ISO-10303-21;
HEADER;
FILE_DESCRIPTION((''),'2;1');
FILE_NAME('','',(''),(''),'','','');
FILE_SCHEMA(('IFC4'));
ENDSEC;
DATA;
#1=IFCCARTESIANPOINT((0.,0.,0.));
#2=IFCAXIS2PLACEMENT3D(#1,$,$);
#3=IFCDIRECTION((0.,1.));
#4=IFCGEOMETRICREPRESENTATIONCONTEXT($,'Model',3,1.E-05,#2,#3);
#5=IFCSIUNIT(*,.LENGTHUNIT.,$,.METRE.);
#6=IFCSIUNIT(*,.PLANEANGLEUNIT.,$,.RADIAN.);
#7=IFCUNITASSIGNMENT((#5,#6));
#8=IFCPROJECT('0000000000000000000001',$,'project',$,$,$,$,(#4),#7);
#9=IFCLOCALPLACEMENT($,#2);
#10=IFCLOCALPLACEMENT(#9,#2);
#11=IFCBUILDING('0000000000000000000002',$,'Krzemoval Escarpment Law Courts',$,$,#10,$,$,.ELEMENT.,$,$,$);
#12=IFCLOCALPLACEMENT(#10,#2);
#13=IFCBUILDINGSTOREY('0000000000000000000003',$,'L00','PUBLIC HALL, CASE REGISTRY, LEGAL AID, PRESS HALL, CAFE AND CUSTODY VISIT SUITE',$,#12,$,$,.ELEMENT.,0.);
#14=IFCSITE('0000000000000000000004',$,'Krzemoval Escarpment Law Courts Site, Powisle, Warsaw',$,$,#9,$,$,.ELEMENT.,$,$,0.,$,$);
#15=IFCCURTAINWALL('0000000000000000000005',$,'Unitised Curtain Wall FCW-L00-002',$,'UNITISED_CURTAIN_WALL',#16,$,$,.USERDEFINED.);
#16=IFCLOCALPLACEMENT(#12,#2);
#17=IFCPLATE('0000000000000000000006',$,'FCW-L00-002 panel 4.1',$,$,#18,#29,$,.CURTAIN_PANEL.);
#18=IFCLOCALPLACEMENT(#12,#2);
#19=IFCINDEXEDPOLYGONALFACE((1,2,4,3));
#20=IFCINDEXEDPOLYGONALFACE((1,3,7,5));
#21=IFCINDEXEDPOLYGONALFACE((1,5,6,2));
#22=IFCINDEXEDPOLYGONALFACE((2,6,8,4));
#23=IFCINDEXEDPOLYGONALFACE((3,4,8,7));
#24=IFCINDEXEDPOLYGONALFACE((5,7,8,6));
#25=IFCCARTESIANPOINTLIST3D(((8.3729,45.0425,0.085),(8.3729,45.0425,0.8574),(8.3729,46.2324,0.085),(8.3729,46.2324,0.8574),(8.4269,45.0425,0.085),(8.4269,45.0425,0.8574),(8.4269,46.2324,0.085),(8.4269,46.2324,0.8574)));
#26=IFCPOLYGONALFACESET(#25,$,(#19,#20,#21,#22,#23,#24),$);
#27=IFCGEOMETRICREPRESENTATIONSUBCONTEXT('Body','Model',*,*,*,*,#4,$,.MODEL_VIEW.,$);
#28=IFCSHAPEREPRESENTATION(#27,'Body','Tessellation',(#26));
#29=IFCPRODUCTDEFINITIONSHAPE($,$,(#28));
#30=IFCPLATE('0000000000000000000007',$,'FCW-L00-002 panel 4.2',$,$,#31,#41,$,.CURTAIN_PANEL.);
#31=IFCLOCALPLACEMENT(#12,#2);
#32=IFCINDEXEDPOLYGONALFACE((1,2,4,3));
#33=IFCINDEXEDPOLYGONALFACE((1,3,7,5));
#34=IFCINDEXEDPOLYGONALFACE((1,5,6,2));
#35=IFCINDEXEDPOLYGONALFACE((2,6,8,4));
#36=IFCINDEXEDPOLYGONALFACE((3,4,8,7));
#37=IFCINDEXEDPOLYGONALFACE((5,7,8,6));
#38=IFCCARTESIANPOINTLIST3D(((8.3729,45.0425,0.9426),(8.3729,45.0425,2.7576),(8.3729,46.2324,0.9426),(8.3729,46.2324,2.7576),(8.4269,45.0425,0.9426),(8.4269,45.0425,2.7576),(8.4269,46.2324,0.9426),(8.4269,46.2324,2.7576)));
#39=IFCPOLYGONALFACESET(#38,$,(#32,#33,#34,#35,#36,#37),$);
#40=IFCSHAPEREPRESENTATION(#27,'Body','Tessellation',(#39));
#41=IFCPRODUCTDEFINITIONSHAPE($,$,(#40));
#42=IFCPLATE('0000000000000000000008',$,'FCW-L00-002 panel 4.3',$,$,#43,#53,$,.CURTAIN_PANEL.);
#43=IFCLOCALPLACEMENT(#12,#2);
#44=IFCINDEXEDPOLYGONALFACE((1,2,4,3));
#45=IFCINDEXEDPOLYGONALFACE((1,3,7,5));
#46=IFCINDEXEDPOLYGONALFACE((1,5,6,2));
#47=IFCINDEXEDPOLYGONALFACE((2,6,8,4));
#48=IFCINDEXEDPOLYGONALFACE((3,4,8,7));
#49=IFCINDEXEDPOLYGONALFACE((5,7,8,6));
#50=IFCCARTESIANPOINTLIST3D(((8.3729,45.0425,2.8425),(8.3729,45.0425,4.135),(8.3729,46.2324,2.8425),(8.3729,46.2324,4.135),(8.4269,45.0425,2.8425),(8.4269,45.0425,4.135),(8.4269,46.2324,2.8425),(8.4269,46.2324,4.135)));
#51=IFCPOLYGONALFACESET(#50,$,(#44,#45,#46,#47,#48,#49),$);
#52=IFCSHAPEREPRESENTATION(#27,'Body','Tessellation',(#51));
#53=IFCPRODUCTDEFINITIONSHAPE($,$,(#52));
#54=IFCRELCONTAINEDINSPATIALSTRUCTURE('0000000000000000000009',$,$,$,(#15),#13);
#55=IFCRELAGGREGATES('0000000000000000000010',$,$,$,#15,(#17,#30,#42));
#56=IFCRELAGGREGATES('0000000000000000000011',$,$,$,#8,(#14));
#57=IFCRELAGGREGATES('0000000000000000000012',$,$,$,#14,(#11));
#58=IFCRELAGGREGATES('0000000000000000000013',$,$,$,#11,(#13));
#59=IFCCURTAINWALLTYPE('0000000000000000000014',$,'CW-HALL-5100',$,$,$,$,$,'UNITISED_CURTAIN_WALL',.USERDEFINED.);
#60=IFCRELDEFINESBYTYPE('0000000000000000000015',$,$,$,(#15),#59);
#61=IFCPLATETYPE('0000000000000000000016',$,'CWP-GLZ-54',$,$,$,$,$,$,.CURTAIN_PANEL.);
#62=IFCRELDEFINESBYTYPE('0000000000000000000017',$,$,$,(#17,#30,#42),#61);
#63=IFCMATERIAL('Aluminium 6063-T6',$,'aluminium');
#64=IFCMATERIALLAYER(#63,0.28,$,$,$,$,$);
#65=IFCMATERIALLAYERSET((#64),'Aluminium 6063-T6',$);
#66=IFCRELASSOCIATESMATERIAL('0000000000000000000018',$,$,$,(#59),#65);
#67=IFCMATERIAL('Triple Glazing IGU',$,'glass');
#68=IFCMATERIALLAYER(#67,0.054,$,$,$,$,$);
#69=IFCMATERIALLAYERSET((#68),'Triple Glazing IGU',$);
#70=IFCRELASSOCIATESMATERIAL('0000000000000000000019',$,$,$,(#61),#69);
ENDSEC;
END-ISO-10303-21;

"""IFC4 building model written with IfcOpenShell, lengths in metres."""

from ifc_helpers import new_model, si_unit, direction, frame, origin, origin_2d, place, context, subcontext, project, spatial, rectangle, extrude, material, layer, layer_set, type_object, element, aggregate, save


model = new_model("IFC4")

# Units and contexts
model_context = context("Model", 3, precision=1e-05, world=origin(), true_north=direction((0.0, 1.0)))
body_context = subcontext(model_context, "Body", "Model", "MODEL_VIEW")
ifc_project = project(units=[si_unit("LENGTHUNIT", "METRE"), si_unit("PLANEANGLEUNIT", "RADIAN")], contexts=[model_context])

# Site, building, storey
site_placement = place(None, origin())
site = spatial("IfcSite", under=ifc_project, at=site_placement, Name="Krzemoval Escarpment Law Courts Site, Powisle, Warsaw", CompositionType="ELEMENT", RefElevation=0.0)
building_placement = place(site_placement, origin())
building = spatial("IfcBuilding", under=site, at=building_placement, Name="Krzemoval Escarpment Law Courts", CompositionType="ELEMENT")
storey_placement = place(building_placement, origin())
storey = spatial("IfcBuildingStorey", under=building, at=storey_placement, Name="L00", Description="PUBLIC HALL, CASE REGISTRY, LEGAL AID, PRESS HALL, CAFE AND CUSTODY VISIT SUITE", CompositionType="ELEMENT", Elevation=0.0)

# Shared definitions
ifc_material_1 = material(Name="Aluminium 6063-T6", Category="aluminium")
ifc_layer_1 = layer(ifc_material_1, 0.28)
ifc_layer_set_1 = layer_set([ifc_layer_1], Name="Aluminium 6063-T6")
curtain_wall_type = type_object("IfcCurtainWallType", Name="CW-HALL-5100", ElementType="UNITISED_CURTAIN_WALL", PredefinedType="USERDEFINED", material=ifc_layer_set_1)

# Curtain wall
curtain_wall_1_placement = place(storey_placement, origin())
curtain_wall_1 = element("IfcCurtainWall", 1, at=curtain_wall_1_placement, inside=storey, type_object=curtain_wall_type, Name="Unitised Curtain Wall FCW-L00-002", ObjectType="UNITISED_CURTAIN_WALL", PredefinedType="USERDEFINED")

# Plates
ifc_material_2 = material(Name="Triple Glazing IGU", Category="glass")
ifc_layer_2 = layer(ifc_material_2, 0.054)
ifc_layer_set_2 = layer_set([ifc_layer_2], Name="Triple Glazing IGU")
plate_type = type_object("IfcPlateType", Name="CWP-GLZ-54", PredefinedType="CURTAIN_PANEL", material=ifc_layer_set_2)
plate_1_placement = place(storey_placement, frame((8.3999, 45.6375, 0.085), z_axis=(0.0, 0.0, 1.0), x_axis=(0.0, 1.0, 0.0)))
plate_1 = element("IfcPlate", 2, at=plate_1_placement, type_object=plate_type, Name="FCW-L00-002 panel 4.1", PredefinedType="CURTAIN_PANEL", context=body_context, shape_type="SweptSolid", body=[
    extrude(rectangle(XDim=1.1899, YDim=0.054, at=origin_2d()), origin(), (0.0, 0.0, 1.0), 0.7725),
])
plate_2_placement = place(storey_placement, frame((8.3999, 45.6375, 0.9426), z_axis=(0.0, 0.0, 1.0), x_axis=(0.0, 1.0, 0.0)))
plate_2 = element("IfcPlate", 3, at=plate_2_placement, type_object=plate_type, Name="FCW-L00-002 panel 4.2", PredefinedType="CURTAIN_PANEL", context=body_context, shape_type="SweptSolid", body=[
    extrude(rectangle(XDim=1.1899, YDim=0.054, at=origin_2d()), origin(), (0.0, 0.0, 1.0), 1.8149),
])
plate_3_placement = place(storey_placement, frame((8.3999, 45.6375, 2.8425), z_axis=(0.0, 0.0, 1.0), x_axis=(0.0, 1.0, 0.0)))
plate_3 = element("IfcPlate", 4, at=plate_3_placement, type_object=plate_type, Name="FCW-L00-002 panel 4.3", PredefinedType="CURTAIN_PANEL", context=body_context, shape_type="SweptSolid", body=[
    extrude(rectangle(XDim=1.1899, YDim=0.054, at=origin_2d()), origin(), (0.0, 0.0, 1.0), 1.2925),
])
aggregate(curtain_wall_1, [plate_1, plate_2, plate_3])

save(model, "model.ifc")
